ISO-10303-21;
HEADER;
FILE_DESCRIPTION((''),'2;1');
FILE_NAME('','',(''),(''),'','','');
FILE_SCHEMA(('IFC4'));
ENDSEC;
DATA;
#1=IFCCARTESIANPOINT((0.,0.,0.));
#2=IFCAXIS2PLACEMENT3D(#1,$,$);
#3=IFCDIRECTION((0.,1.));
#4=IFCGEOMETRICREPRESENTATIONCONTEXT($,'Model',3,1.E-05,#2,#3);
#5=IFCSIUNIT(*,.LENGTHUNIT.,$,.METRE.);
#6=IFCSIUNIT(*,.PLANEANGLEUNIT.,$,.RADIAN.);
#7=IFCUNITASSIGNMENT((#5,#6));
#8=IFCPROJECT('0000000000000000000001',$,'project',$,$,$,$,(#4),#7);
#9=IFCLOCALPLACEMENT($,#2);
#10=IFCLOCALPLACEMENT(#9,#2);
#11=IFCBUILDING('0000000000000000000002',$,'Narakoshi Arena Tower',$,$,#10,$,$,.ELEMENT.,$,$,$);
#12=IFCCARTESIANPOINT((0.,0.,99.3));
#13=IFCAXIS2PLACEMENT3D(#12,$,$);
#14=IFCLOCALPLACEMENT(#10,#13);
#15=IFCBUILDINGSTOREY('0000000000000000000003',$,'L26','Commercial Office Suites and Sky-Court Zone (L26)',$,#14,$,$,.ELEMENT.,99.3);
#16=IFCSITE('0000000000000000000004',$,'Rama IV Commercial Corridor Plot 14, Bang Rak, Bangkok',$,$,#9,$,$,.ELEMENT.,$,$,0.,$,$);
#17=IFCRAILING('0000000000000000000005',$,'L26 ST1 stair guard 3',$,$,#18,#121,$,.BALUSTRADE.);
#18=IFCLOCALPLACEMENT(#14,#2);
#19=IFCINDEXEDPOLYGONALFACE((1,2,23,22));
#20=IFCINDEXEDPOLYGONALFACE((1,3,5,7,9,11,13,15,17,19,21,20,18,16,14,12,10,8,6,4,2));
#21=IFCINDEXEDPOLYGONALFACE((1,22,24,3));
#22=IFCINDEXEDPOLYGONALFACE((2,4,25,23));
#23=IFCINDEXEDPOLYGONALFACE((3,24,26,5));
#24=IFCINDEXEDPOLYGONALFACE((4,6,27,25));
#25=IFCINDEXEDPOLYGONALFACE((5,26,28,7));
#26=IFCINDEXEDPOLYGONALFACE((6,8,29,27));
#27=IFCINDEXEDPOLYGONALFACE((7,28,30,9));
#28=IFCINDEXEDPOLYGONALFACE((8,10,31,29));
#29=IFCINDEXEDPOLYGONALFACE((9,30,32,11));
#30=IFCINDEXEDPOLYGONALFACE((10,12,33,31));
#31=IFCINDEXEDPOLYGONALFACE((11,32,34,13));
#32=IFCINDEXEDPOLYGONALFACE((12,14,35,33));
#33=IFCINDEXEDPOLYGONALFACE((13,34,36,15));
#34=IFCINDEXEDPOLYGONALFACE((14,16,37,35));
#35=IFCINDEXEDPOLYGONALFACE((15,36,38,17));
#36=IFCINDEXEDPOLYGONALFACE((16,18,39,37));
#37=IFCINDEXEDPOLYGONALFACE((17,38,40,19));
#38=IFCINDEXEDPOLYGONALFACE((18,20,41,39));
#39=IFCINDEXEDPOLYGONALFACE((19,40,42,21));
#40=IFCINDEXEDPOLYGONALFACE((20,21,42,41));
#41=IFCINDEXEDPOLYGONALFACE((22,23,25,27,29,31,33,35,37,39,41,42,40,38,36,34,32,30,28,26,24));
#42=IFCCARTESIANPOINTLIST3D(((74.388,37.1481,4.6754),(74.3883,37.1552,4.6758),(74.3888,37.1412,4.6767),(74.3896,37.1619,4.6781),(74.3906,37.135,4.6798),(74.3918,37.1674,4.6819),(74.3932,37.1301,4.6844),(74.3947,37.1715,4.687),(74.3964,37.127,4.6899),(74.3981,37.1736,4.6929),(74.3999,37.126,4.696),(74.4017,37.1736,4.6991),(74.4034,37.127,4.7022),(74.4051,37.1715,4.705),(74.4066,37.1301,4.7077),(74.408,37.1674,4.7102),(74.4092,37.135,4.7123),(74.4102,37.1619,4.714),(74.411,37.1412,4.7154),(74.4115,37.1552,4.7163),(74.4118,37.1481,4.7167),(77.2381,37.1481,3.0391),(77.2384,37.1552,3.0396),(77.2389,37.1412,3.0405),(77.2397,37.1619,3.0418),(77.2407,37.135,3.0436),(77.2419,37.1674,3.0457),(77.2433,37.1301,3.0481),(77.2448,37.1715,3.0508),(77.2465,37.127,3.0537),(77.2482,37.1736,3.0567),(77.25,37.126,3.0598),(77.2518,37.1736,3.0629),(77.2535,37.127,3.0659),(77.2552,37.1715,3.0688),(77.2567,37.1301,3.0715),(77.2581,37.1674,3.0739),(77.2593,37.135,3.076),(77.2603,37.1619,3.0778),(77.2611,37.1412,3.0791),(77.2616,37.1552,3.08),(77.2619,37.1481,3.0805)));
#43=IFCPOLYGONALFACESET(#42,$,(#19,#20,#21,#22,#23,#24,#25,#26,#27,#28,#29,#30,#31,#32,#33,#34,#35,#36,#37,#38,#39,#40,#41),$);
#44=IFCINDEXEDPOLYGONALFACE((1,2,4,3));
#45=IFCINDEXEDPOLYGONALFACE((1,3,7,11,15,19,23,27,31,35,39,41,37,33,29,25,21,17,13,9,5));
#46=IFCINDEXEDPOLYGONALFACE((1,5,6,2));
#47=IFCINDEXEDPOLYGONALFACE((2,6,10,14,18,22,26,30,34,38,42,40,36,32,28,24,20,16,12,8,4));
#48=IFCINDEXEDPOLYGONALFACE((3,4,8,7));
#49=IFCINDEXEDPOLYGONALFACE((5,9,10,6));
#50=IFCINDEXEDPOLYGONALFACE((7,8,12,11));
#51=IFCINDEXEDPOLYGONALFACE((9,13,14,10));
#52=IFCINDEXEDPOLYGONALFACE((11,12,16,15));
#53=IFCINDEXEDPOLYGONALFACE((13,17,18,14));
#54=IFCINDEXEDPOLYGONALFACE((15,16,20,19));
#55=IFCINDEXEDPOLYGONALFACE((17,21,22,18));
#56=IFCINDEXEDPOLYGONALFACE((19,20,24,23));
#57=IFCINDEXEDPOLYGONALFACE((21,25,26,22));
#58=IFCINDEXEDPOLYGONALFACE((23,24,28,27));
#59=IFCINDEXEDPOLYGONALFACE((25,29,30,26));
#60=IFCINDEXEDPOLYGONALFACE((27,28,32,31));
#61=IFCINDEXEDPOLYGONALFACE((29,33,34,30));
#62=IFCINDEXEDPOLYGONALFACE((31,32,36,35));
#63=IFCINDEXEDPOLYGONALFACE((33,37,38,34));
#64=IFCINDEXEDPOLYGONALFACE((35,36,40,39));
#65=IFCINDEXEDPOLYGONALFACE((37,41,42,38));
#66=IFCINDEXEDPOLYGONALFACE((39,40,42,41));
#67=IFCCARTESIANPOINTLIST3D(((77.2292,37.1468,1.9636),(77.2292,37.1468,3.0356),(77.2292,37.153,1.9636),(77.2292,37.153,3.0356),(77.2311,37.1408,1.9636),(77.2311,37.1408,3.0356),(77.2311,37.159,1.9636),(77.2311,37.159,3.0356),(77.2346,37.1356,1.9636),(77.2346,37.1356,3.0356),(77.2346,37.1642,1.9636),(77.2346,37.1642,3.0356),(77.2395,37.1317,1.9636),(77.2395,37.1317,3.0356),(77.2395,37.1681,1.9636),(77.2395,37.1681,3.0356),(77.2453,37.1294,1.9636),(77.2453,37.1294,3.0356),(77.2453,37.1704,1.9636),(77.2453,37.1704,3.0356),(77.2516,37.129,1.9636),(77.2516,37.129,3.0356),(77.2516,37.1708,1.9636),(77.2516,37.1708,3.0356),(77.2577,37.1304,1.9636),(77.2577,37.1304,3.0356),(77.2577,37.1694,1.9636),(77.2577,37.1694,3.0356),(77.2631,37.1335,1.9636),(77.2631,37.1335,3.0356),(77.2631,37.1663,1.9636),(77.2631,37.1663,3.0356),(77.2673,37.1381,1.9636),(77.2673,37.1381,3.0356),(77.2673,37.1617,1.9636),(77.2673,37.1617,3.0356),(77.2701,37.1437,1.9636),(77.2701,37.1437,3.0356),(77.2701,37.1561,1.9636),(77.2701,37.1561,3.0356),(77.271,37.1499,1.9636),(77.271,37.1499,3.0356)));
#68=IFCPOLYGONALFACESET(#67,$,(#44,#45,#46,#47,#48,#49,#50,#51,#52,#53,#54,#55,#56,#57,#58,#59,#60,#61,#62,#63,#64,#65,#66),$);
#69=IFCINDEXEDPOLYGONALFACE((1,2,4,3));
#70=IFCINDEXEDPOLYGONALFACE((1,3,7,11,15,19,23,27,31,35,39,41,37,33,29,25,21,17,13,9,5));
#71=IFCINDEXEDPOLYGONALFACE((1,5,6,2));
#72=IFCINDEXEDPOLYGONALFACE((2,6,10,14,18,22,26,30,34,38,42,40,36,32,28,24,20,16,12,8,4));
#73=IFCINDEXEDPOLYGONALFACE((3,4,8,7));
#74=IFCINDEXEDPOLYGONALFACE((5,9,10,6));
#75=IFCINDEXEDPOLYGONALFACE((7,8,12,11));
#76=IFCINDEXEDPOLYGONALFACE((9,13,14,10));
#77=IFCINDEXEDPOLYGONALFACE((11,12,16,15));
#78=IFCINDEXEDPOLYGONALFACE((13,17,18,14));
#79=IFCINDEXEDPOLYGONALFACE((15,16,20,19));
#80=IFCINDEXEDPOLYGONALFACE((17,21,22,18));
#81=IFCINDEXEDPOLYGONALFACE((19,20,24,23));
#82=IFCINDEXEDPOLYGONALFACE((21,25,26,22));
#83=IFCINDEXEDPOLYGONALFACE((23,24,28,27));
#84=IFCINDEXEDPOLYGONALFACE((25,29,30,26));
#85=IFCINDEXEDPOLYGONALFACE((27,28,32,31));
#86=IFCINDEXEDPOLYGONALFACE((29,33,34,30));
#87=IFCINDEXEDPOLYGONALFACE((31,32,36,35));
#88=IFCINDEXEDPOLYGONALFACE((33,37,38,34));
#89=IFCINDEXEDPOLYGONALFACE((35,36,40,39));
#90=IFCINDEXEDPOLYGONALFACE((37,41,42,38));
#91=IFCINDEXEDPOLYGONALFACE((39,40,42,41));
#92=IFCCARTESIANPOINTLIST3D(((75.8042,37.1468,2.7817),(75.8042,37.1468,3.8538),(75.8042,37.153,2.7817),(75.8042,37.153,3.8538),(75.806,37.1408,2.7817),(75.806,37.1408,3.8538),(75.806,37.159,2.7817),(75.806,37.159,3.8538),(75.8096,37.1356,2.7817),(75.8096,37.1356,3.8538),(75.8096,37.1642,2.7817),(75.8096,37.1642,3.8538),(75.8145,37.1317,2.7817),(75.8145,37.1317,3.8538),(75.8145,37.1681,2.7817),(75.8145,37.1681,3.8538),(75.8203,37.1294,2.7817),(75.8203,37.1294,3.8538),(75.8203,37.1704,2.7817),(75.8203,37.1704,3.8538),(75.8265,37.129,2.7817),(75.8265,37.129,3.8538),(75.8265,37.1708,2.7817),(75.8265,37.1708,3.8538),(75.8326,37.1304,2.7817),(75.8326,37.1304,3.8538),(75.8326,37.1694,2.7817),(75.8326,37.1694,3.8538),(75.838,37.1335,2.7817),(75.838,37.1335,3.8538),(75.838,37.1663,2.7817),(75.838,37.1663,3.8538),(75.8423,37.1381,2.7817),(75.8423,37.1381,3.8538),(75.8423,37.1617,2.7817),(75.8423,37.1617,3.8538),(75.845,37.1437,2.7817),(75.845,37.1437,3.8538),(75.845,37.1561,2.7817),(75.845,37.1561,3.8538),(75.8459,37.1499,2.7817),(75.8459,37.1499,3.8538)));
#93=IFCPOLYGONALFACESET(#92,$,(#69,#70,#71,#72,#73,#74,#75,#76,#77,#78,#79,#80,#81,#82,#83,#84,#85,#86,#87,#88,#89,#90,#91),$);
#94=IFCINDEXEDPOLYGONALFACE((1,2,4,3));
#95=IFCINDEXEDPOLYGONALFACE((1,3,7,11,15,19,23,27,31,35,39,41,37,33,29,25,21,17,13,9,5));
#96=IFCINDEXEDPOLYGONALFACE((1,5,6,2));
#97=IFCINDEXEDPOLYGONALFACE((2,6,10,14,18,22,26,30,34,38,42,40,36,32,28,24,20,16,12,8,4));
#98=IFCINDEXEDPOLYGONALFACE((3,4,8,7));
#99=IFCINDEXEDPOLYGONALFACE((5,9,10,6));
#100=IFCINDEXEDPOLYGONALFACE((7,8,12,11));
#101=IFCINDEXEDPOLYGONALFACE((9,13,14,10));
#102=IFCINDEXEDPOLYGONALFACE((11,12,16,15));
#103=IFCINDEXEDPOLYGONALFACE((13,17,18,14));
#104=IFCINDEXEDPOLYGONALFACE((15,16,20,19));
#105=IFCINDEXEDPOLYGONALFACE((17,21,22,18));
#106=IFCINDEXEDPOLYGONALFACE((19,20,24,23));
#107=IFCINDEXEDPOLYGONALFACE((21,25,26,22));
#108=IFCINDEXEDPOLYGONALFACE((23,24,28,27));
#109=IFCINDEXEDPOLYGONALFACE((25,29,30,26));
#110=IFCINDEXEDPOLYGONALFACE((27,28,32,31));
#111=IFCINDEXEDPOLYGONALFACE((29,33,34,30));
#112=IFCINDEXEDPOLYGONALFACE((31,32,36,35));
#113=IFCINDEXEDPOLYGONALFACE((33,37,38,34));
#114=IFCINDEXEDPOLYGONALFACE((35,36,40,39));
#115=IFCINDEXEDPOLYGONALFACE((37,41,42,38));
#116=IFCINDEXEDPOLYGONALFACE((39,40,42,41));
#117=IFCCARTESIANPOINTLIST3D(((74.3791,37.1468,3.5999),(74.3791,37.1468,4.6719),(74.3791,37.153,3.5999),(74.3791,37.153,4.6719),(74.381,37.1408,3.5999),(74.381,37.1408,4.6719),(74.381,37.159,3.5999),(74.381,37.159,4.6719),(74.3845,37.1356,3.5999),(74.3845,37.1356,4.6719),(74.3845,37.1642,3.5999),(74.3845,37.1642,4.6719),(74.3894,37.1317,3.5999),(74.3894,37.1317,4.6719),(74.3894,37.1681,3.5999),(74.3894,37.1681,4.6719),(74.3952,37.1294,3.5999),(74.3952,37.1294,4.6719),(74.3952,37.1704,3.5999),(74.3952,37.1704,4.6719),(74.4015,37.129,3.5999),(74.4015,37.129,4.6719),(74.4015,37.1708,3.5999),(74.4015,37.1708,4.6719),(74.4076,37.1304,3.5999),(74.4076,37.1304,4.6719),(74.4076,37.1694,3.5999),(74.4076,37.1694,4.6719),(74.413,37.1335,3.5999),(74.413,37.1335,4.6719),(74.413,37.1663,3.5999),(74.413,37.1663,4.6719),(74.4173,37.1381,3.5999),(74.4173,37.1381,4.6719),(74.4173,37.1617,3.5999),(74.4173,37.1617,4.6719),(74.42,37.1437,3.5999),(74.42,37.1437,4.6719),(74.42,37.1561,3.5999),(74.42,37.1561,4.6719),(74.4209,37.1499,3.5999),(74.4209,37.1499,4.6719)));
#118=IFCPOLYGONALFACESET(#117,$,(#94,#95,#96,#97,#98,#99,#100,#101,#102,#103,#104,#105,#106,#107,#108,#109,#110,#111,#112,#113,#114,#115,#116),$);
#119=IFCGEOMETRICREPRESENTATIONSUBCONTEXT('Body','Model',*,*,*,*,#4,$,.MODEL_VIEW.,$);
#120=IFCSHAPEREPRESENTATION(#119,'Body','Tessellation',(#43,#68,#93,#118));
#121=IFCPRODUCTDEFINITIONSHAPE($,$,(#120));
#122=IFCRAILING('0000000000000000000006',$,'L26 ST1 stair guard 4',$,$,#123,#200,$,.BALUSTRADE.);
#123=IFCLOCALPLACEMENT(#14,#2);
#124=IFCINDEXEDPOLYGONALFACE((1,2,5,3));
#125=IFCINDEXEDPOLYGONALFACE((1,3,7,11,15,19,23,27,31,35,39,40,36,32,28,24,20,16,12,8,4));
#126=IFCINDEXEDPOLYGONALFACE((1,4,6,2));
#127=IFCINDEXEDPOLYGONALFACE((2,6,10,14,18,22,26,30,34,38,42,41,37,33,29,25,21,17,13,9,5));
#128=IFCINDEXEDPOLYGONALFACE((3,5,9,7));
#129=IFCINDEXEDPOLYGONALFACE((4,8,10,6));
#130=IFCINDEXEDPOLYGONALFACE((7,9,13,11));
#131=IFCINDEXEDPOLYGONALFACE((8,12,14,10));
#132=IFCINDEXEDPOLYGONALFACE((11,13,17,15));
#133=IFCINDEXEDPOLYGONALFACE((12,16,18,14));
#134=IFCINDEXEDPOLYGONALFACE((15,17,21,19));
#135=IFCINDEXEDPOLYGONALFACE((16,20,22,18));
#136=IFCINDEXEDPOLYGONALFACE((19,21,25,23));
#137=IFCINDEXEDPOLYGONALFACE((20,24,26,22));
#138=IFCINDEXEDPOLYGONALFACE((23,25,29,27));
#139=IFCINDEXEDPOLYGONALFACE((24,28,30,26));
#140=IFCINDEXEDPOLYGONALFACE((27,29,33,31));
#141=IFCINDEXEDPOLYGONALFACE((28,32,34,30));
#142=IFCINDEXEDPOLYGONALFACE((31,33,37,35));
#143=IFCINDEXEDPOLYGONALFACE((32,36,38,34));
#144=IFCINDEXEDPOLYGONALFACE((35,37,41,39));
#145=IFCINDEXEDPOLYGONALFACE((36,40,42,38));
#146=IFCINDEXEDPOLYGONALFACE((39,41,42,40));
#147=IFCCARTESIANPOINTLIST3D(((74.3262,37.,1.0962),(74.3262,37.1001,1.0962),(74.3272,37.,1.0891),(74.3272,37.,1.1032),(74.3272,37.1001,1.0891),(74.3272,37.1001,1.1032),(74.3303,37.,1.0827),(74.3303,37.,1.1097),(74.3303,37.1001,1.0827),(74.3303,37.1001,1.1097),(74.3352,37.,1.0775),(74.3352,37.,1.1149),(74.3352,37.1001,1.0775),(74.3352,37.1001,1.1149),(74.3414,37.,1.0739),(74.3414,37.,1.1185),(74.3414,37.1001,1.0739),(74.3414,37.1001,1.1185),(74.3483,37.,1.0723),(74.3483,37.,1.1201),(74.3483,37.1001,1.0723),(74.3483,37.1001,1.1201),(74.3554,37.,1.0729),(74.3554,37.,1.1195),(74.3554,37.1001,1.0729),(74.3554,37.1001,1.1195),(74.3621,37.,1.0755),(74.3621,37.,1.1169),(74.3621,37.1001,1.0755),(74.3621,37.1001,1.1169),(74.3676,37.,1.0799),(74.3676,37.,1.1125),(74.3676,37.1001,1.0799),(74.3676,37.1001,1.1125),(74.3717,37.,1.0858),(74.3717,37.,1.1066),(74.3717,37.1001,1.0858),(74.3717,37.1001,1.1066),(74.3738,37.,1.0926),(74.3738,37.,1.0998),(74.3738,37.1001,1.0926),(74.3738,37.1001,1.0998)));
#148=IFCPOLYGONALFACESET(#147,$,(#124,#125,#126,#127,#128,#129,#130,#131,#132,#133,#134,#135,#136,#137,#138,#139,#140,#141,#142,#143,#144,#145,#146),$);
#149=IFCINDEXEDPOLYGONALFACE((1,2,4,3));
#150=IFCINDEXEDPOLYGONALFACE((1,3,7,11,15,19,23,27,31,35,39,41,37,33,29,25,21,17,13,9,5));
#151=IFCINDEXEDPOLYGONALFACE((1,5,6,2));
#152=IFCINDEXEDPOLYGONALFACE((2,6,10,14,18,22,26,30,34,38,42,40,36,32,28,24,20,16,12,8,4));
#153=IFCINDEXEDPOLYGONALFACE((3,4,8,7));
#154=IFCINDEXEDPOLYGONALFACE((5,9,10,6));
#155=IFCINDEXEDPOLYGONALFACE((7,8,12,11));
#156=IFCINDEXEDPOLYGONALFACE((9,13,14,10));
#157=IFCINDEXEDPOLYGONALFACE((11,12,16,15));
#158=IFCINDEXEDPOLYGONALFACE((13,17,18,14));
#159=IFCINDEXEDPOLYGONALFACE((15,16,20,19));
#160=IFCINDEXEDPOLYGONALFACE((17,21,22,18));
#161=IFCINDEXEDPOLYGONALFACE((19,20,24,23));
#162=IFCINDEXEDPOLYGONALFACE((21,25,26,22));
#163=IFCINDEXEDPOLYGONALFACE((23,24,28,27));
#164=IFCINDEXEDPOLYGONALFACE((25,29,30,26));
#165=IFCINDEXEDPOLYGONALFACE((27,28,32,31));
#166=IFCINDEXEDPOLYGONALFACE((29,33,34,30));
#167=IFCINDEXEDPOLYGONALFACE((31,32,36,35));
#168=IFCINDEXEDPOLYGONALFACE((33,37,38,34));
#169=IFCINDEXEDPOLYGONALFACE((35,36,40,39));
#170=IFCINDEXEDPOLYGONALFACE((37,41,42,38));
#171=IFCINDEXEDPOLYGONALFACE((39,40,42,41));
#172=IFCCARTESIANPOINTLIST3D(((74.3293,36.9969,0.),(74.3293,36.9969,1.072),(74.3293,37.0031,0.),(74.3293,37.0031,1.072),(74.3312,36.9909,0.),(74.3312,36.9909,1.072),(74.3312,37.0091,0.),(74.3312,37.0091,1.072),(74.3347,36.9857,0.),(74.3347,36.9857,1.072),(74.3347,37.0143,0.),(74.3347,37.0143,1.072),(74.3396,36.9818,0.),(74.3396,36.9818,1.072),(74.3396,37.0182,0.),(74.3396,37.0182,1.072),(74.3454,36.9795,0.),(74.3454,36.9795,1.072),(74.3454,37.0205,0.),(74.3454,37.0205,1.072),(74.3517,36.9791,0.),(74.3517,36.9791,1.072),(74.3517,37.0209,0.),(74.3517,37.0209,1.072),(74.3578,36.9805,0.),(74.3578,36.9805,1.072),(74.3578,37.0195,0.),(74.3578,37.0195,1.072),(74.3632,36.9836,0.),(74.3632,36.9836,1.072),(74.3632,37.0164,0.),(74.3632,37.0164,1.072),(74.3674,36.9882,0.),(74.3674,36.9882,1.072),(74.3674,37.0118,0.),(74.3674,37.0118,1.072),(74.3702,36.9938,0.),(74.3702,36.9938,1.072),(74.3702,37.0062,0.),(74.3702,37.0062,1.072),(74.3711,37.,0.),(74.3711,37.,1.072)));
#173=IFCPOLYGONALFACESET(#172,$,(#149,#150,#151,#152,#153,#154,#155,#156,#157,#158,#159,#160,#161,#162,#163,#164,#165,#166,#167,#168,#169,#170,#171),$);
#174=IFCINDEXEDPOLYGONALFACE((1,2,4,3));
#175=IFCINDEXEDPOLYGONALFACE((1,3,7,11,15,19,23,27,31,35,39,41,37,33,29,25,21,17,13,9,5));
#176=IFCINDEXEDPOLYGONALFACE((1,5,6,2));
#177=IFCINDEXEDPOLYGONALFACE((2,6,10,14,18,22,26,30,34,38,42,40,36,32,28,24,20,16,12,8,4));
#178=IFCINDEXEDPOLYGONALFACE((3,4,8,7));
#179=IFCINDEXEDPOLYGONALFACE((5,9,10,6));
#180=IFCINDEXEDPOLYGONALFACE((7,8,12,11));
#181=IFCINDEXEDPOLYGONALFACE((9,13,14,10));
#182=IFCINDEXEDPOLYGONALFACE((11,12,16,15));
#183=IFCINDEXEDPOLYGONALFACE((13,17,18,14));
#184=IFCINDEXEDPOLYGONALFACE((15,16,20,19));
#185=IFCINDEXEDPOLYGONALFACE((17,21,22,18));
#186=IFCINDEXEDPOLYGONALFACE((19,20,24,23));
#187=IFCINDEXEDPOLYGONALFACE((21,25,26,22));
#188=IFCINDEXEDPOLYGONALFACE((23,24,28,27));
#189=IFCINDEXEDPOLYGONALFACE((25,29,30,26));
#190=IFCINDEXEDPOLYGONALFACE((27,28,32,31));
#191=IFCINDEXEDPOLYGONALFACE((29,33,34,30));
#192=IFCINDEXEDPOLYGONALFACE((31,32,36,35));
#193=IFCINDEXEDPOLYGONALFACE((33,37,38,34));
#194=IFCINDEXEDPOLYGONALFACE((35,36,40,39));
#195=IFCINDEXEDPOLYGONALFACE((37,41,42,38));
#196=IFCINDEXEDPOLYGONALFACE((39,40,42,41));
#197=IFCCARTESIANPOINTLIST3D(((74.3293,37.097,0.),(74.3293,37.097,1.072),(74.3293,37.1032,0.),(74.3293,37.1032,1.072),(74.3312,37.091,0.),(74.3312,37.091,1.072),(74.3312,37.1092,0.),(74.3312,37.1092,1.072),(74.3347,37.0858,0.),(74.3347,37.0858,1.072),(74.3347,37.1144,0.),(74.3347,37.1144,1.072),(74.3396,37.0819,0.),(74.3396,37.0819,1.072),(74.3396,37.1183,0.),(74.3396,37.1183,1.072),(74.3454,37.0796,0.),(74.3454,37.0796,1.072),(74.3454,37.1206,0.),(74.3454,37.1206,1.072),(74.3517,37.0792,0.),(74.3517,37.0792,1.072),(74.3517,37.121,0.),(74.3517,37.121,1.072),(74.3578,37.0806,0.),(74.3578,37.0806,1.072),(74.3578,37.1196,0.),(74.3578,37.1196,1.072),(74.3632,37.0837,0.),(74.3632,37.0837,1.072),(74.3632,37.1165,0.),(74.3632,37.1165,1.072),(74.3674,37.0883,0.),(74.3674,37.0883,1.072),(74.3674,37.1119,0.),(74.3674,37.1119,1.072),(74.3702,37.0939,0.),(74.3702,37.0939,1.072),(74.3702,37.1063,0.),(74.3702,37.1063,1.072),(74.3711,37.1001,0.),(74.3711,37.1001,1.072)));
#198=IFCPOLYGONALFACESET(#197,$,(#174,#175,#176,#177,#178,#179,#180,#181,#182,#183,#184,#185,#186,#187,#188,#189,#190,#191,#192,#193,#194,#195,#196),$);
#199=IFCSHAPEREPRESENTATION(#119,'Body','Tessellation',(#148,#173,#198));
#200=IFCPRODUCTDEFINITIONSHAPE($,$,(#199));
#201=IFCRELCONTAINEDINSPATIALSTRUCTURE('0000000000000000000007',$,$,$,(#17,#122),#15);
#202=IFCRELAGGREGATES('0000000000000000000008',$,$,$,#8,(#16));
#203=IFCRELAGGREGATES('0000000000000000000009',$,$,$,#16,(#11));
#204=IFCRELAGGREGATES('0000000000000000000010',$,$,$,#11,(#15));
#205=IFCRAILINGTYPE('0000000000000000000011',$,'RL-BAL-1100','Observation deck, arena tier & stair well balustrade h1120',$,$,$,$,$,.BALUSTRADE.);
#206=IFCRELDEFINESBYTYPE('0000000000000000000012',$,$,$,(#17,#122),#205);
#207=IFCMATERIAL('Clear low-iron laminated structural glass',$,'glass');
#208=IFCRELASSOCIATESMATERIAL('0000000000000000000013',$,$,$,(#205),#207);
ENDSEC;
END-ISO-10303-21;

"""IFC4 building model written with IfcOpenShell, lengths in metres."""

from ifc_helpers import new_model, si_unit, direction, frame, origin, origin_2d, place, context, subcontext, project, spatial, circle, extrude, material, type_object, element, save


model = new_model("IFC4")

# Units and contexts
model_context = context("Model", 3, precision=1e-05, world=origin(), true_north=direction((0.0, 1.0)))
body_context = subcontext(model_context, "Body", "Model", "MODEL_VIEW")
ifc_project = project(units=[si_unit("LENGTHUNIT", "METRE"), si_unit("PLANEANGLEUNIT", "RADIAN")], contexts=[model_context])

# Site, building, storey
site_placement = place(None, origin())
site = spatial("IfcSite", under=ifc_project, at=site_placement, Name="Rama IV Commercial Corridor Plot 14, Bang Rak, Bangkok", CompositionType="ELEMENT", RefElevation=0.0)
building_placement = place(site_placement, origin())
building = spatial("IfcBuilding", under=site, at=building_placement, Name="Narakoshi Arena Tower", CompositionType="ELEMENT")
storey_placement = place(building_placement, frame((0.0, 0.0, 99.3)))
storey = spatial("IfcBuildingStorey", under=building, at=storey_placement, Name="L26", Description="Commercial Office Suites and Sky-Court Zone (L26)", CompositionType="ELEMENT", Elevation=99.3)

# Railings
ifc_material_1 = material(Name="Clear low-iron laminated structural glass", Category="glass")
railing_type_1 = type_object("IfcRailingType", Name="RL-BAL-1100", Description="Observation deck, arena tier & stair well balustrade h1120", PredefinedType="BALUSTRADE", material=ifc_material_1)
railing_1_placement = place(storey_placement, frame((77.25, 37.1499, 1.9636)))
element("IfcRailing", 1, at=railing_1_placement, inside=storey, type_object=railing_type_1, Name="L26 ST1 stair guard 3", PredefinedType="BALUSTRADE", context=body_context, shape_type="SweptSolid", body=[
    extrude(circle(Radius=0.0239, at=origin_2d()), frame((0.0, 0.0, 1.0962), z_axis=(-0.867245, 0.0, 0.497882), x_axis=(0.0, -1.0, 0.0)), (0.0, 0.0, 1.0), 3.2864),
    extrude(circle(Radius=0.021, at=origin_2d()), origin(), (0.0, 0.0, 1.0), 1.072),
    extrude(circle(Radius=0.021, at=origin_2d()), frame((-1.425, 0.0, 0.8181)), (0.0, 0.0, 1.0), 1.072),
    extrude(circle(Radius=0.021, at=origin_2d()), frame((-2.8501, 0.0, 1.6362)), (0.0, 0.0, 1.0), 1.072),
])
railing_2_placement = place(storey_placement, frame((74.3501, 37.0, 0.0)))
element("IfcRailing", 2, at=railing_2_placement, inside=storey, type_object=railing_type_1, Name="L26 ST1 stair guard 4", PredefinedType="BALUSTRADE", context=body_context, shape_type="SweptSolid", body=[
    extrude(circle(Radius=0.0239, at=origin_2d()), frame((0.0, 0.0, 1.0962), z_axis=(0.0, 1.0, 0.0), x_axis=(-1.0, 0.0, 0.0)), (0.0, 0.0, 1.0), 0.1001),
    extrude(circle(Radius=0.021, at=origin_2d()), origin(), (0.0, 0.0, 1.0), 1.072),
    extrude(circle(Radius=0.021, at=origin_2d()), frame((0.0, 0.1001, 0.0)), (0.0, 0.0, 1.0), 1.072),
])

save(model, "model.ifc")
